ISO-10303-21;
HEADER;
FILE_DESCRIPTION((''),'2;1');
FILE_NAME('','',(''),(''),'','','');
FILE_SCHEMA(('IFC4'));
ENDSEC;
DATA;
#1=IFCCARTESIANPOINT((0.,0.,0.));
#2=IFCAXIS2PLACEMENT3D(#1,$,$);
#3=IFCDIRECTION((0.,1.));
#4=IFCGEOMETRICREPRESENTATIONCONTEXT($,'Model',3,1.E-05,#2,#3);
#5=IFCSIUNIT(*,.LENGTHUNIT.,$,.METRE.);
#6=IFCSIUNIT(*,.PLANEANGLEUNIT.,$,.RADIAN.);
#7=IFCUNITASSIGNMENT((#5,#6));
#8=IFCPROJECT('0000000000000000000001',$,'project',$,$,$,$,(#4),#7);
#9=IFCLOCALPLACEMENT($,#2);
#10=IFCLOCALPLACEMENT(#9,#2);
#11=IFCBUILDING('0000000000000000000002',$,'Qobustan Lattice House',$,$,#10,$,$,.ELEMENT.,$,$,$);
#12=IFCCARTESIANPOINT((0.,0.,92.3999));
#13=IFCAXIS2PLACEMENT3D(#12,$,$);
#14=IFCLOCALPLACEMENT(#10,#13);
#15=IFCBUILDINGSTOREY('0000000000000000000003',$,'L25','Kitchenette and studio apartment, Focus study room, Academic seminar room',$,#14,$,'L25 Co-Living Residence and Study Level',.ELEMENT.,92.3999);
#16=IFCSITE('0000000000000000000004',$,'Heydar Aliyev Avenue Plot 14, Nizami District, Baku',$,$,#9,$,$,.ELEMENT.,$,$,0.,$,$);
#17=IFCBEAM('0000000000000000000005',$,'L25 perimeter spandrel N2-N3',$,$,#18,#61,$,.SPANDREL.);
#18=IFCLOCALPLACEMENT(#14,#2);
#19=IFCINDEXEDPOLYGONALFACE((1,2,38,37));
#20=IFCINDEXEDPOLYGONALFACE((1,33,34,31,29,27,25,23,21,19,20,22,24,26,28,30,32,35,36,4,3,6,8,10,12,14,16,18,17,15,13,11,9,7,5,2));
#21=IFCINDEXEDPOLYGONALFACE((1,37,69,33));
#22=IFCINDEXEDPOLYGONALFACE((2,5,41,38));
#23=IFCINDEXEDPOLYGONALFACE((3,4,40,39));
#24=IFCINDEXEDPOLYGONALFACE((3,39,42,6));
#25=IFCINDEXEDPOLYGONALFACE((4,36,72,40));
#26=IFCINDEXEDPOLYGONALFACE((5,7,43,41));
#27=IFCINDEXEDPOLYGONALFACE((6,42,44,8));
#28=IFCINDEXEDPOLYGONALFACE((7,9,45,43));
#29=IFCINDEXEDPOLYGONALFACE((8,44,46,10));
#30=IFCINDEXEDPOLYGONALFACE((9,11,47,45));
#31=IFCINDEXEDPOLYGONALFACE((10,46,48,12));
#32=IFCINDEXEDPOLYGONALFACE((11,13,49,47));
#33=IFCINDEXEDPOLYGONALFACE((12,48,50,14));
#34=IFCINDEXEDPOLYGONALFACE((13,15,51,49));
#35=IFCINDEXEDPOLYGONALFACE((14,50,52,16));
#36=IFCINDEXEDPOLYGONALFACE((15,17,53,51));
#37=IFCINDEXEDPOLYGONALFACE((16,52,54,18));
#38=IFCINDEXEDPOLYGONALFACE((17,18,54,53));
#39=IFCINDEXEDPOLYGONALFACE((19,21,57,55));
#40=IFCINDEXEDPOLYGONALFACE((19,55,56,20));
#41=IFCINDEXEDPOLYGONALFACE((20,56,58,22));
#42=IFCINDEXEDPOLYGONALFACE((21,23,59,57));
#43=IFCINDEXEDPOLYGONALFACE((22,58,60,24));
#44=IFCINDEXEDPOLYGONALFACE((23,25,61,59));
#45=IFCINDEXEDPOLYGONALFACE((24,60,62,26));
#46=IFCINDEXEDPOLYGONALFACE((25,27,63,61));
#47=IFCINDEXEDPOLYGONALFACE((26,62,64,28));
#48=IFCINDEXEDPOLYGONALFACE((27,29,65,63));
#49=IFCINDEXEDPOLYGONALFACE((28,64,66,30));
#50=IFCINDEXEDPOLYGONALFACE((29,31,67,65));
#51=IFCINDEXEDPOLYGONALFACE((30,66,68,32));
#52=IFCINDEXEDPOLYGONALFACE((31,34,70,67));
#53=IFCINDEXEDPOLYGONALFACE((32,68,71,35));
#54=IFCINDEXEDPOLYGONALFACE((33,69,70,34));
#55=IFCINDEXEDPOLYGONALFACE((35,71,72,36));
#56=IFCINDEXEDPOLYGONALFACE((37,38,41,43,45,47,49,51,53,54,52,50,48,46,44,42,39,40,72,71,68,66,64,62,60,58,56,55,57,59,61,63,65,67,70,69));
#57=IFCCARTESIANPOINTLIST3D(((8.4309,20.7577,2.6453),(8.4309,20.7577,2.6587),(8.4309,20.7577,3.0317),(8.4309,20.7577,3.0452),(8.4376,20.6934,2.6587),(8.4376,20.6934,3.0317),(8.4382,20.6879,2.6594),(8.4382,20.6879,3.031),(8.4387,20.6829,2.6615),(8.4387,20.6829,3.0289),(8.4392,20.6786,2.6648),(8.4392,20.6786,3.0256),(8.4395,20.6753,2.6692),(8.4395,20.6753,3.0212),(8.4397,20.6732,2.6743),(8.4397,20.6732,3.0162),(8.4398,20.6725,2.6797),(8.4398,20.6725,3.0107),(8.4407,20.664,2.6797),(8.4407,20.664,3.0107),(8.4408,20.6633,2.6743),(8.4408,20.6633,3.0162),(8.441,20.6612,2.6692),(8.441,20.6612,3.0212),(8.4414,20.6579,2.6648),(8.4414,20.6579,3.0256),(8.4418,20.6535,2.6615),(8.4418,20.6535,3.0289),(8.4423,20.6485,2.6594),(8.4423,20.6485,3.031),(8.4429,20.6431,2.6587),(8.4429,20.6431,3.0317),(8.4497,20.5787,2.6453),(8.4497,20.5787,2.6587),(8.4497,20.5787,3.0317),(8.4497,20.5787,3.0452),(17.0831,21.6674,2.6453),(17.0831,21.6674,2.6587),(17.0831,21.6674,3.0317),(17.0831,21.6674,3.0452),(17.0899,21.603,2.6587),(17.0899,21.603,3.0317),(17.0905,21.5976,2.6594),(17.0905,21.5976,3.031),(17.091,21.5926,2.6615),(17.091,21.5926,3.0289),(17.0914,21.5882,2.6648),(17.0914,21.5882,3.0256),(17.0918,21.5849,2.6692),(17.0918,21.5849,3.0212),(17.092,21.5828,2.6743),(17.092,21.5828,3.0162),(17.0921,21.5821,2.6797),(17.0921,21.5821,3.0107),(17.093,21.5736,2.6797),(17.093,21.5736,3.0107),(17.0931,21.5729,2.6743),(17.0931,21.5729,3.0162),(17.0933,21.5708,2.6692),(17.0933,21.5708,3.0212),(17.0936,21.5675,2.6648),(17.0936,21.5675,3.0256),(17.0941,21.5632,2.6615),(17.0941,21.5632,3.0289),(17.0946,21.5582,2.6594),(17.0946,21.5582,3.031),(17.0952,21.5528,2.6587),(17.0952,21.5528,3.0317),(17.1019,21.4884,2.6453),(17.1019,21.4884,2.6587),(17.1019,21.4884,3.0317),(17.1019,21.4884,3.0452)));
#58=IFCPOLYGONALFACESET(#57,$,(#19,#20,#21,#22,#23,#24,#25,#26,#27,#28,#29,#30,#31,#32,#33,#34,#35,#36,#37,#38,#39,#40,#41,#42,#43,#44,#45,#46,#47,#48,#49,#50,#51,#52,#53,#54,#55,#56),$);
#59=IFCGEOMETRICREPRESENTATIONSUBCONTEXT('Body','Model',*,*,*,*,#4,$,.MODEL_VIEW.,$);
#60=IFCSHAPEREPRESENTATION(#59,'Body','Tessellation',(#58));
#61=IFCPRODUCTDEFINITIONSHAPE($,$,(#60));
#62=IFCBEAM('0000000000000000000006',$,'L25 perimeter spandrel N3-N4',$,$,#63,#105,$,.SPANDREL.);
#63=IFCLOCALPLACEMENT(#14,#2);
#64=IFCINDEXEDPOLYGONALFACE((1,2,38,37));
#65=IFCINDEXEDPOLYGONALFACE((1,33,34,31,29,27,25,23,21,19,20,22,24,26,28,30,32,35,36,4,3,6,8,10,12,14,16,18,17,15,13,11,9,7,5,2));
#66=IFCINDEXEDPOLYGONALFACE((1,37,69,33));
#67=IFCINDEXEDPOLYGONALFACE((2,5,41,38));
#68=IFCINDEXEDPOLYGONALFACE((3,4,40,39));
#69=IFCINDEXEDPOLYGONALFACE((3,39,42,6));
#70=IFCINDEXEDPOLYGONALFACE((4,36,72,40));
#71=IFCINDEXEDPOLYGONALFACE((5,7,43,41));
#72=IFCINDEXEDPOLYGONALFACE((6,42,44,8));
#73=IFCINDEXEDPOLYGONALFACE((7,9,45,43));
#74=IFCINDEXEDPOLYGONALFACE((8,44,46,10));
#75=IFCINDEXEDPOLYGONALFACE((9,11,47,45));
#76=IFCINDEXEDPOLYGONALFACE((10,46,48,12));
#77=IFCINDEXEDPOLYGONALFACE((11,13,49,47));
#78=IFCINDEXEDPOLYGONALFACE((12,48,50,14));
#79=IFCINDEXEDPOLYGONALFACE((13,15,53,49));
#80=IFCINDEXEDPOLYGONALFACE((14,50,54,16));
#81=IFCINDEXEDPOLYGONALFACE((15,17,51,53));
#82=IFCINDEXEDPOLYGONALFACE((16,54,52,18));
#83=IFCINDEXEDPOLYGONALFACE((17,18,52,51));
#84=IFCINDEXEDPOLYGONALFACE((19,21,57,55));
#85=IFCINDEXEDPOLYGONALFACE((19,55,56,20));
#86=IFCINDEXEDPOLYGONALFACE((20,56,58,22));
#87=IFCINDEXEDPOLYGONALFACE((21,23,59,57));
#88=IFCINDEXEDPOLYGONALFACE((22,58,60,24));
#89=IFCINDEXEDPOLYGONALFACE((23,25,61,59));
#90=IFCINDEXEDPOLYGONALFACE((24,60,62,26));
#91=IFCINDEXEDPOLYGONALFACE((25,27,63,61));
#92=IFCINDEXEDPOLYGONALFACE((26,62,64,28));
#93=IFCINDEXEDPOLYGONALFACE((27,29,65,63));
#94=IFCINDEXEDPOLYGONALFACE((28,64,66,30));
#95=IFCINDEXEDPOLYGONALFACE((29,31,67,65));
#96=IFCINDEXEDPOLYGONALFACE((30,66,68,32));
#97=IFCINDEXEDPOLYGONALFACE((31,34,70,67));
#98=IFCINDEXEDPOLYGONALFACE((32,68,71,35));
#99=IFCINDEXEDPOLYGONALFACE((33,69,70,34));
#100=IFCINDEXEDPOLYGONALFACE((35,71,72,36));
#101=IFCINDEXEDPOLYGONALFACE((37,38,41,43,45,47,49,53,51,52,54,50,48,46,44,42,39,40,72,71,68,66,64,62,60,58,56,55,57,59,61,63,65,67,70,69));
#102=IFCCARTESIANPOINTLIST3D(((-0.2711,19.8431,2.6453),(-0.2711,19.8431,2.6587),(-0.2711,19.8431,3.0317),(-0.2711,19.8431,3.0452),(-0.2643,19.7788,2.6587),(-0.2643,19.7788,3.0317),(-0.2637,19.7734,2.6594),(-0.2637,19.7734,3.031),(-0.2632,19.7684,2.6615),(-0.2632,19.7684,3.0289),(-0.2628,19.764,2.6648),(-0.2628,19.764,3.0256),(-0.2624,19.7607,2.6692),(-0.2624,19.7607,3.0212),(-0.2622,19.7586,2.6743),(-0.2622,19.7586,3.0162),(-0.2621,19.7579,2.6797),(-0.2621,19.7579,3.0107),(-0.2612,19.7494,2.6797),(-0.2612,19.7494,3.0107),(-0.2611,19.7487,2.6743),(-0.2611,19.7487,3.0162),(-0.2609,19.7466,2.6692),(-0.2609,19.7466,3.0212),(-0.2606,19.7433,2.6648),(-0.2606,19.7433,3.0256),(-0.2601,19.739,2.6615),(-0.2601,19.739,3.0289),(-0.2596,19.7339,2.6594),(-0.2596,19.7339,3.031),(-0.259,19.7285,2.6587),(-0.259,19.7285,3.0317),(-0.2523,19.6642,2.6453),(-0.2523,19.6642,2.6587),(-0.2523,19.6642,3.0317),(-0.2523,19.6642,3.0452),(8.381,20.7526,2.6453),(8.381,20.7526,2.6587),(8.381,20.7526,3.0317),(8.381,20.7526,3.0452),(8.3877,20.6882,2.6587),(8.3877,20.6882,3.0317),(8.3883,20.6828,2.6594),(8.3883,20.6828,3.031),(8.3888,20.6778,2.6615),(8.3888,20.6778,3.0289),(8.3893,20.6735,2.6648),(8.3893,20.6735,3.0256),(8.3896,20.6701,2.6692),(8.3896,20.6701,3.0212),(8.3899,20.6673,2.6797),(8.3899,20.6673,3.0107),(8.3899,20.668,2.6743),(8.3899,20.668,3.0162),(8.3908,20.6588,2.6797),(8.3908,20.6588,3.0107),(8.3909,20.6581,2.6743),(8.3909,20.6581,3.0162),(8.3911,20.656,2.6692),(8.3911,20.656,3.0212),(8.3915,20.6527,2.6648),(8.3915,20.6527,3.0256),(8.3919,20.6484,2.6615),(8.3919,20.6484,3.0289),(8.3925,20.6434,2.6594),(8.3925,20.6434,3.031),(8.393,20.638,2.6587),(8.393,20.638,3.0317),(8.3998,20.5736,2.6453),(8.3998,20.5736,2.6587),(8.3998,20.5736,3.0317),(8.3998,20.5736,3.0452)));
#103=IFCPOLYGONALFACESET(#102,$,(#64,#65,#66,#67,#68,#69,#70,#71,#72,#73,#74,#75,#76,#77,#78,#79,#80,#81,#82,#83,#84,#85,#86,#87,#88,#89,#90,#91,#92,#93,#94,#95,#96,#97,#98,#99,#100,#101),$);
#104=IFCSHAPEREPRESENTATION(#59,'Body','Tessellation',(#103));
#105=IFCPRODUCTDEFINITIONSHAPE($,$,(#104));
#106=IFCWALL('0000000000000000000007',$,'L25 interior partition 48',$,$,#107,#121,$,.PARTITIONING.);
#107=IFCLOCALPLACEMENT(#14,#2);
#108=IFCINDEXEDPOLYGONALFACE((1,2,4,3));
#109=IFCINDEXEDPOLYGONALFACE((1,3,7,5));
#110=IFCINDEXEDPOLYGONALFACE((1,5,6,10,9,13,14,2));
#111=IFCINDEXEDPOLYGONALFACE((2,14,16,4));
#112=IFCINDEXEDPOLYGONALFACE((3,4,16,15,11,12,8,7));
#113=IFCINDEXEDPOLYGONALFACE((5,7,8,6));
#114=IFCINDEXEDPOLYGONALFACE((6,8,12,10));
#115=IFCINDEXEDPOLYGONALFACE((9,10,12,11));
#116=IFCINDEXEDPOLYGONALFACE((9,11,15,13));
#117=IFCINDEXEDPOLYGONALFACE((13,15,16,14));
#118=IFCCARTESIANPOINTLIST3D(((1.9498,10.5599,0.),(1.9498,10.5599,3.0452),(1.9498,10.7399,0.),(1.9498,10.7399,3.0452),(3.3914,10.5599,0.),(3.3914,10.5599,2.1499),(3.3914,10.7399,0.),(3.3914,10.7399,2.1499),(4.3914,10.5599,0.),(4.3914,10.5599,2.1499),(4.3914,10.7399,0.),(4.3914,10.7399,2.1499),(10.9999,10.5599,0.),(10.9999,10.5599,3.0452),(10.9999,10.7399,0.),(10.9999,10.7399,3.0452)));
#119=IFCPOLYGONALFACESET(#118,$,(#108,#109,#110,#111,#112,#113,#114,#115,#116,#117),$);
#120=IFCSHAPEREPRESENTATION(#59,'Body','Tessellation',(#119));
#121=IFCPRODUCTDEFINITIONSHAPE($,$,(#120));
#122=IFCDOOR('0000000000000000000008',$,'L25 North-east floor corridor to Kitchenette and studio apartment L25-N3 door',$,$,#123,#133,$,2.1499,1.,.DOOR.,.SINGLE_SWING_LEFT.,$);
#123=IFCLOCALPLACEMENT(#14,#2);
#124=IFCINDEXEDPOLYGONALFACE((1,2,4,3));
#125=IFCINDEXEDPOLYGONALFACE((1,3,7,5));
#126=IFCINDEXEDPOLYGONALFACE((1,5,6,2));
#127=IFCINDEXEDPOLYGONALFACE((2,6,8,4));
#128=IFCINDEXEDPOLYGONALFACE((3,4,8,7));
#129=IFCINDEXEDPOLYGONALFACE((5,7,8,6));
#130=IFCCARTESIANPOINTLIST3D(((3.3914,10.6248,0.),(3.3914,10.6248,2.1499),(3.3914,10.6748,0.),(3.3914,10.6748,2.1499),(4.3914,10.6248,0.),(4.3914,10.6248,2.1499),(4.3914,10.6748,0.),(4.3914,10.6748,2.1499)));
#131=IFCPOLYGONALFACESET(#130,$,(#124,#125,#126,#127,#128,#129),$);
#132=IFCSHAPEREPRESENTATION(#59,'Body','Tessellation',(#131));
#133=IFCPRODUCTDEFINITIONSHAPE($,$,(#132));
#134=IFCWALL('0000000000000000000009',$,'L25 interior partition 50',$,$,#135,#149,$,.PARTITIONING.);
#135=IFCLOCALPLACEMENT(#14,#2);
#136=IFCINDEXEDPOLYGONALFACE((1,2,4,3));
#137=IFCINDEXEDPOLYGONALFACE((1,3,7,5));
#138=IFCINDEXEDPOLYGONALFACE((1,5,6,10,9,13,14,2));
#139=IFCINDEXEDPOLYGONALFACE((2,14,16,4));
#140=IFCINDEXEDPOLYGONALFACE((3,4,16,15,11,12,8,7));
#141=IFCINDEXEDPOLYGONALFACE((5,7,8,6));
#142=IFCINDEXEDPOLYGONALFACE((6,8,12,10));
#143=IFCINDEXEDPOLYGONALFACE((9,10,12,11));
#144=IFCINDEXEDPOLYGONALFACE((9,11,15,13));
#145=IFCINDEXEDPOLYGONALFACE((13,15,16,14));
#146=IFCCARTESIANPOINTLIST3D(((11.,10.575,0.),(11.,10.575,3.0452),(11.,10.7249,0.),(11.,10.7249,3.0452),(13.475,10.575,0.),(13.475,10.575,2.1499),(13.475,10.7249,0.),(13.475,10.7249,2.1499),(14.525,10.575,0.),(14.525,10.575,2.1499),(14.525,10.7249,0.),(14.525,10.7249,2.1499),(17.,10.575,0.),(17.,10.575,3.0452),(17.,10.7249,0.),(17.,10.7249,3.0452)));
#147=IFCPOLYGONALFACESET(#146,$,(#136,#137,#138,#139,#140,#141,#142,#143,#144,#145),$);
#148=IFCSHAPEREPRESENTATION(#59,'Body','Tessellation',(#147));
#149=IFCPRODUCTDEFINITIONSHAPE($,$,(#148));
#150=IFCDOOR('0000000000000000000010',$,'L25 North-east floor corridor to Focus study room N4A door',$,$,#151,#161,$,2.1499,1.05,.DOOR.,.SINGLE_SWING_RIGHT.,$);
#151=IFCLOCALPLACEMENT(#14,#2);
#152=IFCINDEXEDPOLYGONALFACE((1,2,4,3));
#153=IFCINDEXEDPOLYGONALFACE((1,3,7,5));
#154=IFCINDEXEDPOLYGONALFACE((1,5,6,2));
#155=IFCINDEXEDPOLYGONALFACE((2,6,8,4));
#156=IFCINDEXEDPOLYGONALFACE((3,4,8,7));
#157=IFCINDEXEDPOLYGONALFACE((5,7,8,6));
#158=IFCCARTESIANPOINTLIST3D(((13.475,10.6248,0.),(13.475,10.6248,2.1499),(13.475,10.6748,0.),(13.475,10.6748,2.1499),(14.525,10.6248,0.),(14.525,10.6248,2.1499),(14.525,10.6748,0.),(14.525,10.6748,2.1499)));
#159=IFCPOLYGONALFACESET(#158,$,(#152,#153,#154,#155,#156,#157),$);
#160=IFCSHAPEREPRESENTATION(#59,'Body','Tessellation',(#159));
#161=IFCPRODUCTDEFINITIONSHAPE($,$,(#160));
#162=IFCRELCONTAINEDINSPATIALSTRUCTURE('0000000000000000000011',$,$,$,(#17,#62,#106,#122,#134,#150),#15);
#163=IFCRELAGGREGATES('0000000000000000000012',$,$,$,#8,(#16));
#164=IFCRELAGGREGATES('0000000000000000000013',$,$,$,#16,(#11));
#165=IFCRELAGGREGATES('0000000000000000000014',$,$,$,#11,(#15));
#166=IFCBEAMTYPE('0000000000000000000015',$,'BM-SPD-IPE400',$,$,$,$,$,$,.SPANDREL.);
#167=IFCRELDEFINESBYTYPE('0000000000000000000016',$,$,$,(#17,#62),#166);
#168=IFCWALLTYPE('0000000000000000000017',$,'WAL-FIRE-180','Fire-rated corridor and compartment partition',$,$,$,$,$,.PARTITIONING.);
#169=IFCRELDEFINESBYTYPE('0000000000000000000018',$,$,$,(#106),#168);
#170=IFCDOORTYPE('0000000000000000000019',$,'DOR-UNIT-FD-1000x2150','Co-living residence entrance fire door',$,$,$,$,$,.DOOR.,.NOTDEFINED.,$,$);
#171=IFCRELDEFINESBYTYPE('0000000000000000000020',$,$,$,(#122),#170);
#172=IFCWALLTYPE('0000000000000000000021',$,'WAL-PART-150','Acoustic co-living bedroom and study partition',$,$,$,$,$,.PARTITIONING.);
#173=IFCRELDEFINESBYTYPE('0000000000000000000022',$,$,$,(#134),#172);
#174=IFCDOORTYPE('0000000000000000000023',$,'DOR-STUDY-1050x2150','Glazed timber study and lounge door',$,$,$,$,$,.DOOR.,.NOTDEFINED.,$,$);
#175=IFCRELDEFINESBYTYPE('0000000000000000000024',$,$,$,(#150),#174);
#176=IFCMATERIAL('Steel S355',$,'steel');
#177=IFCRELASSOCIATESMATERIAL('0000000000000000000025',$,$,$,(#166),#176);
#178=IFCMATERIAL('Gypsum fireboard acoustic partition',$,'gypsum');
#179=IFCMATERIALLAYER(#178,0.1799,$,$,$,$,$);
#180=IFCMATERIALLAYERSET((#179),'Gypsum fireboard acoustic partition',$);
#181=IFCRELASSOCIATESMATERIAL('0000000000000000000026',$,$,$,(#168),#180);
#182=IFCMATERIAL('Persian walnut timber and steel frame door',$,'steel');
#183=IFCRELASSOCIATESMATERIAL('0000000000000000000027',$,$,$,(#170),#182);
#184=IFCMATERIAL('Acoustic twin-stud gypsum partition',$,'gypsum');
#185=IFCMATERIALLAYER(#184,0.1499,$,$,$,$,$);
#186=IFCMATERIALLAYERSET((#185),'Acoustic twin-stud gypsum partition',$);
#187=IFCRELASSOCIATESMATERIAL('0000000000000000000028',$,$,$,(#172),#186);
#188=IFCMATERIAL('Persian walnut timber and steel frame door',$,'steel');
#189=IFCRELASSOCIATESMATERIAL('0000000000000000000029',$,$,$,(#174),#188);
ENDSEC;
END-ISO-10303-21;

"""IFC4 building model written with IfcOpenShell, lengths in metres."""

from ifc_helpers import new_model, si_unit, direction, frame, frame_2d, origin, origin_2d, place, context, subcontext, project, spatial, rectangle, i_section, extrude, material, layer, layer_set, material_profile, profile_set, type_object, element, fill, save


model = new_model("IFC4")

# Units and contexts
model_context = context("Model", 3, precision=1e-05, world=origin(), true_north=direction((0.0, 1.0)))
body_context = subcontext(model_context, "Body", "Model", "MODEL_VIEW")
ifc_project = project(units=[si_unit("LENGTHUNIT", "METRE"), si_unit("PLANEANGLEUNIT", "RADIAN")], contexts=[model_context])

# Site, building, storey
site_placement = place(None, origin())
site = spatial("IfcSite", under=ifc_project, at=site_placement, Name="Heydar Aliyev Avenue Plot 14, Nizami District, Baku", CompositionType="ELEMENT", RefElevation=0.0)
building_placement = place(site_placement, origin())
building = spatial("IfcBuilding", under=site, at=building_placement, Name="Qobustan Lattice House", CompositionType="ELEMENT")
storey_placement = place(building_placement, frame((0.0, 0.0, 92.3999)))
storey = spatial("IfcBuildingStorey", under=building, at=storey_placement, Name="L25", Description="Kitchenette and studio apartment, Focus study room, Academic seminar room", LongName="L25 Co-Living Residence and Study Level", CompositionType="ELEMENT", Elevation=92.3999)

# Beams
ifc_material_1 = material(Name="Steel S355", Category="steel")
ifc_material_profile_1 = material_profile(ifc_material_1, i_section(OverallWidth=0.1799, OverallDepth=0.3999, WebThickness=0.0085, FlangeThickness=0.0134, FilletRadius=0.021, at=origin_2d()), Name="IPE400")
ifc_profile_set_1 = profile_set([ifc_material_profile_1], Name="Steel S355")
beam_type_1 = type_object("IfcBeamType", Name="BM-SPD-IPE400", PredefinedType="SPANDREL", material=ifc_profile_set_1)
beam_1_placement = place(storey_placement, frame((17.0925, 21.5779, 2.8452), z_axis=(-0.994519, -0.104559, 0.0), x_axis=(0.104559, -0.994519, 0.0)))
element("IfcBeam", 1, at=beam_1_placement, inside=storey, type_object=beam_type_1, Name="L25 perimeter spandrel N2-N3", PredefinedType="SPANDREL", context=body_context, shape_type="SweptSolid", body=[
    extrude(i_section(OverallWidth=0.1799, OverallDepth=0.3999, WebThickness=0.0085, FlangeThickness=0.0134, FilletRadius=0.021, at=origin_2d()), origin(), (0.0, 0.0, 1.0), 8.7),
])
beam_2_placement = place(storey_placement, frame((8.3904, 20.6631, 2.8452), z_axis=(-0.994521, -0.104534, 0.0), x_axis=(0.104534, -0.994521, 0.0)))
element("IfcBeam", 2, at=beam_2_placement, inside=storey, type_object=beam_type_1, Name="L25 perimeter spandrel N3-N4", PredefinedType="SPANDREL", context=body_context, shape_type="SweptSolid", body=[
    extrude(i_section(OverallWidth=0.1799, OverallDepth=0.3999, WebThickness=0.0085, FlangeThickness=0.0134, FilletRadius=0.021, at=origin_2d()), origin(), (0.0, 0.0, 1.0), 8.6997),
])

# Walls, openings, doors
ifc_material_2 = material(Name="Gypsum fireboard acoustic partition", Category="gypsum")
ifc_layer_1 = layer(ifc_material_2, 0.1799)
ifc_layer_set_1 = layer_set([ifc_layer_1], Name="Gypsum fireboard acoustic partition")
wall_type_1 = type_object("IfcWallType", Name="WAL-FIRE-180", Description="Fire-rated corridor and compartment partition", PredefinedType="PARTITIONING", material=ifc_layer_set_1)
wall_1_placement = place(storey_placement, frame((1.95, 10.6499, 0.0), z_axis=(0.0, 0.0, 1.0), x_axis=(1.0, 0.0, 0.0)))
wall_1 = element("IfcWall", 3, at=wall_1_placement, inside=storey, type_object=wall_type_1, Name="L25 interior partition 48", PredefinedType="PARTITIONING", context=body_context, shape_type="SweptSolid", body=[
    extrude(rectangle(XDim=9.05, YDim=0.1799, at=frame_2d((4.5249, 0.0))), origin(), (0.0, 0.0, 1.0), 3.0452),
])
opening_1_placement = place(wall_1_placement, frame((1.4414, 0.0, 0.0)))
opening_1 = element("IfcOpeningElement", 4, at=opening_1_placement, cuts=wall_1, PredefinedType="OPENING", context=body_context, shape_type="SweptSolid", body=[
    extrude(rectangle(XDim=1.0, YDim=2.1499, at=frame_2d((0.5, 1.075))), frame((0.0, 0.0999, 0.0), z_axis=(0.0, -1.0, 0.0), x_axis=(1.0, 0.0, 0.0)), (0.0, 0.0, 1.0), 0.2),
])
ifc_material_3 = material(Name="Persian walnut timber and steel frame door", Category="steel")
door_type_1 = type_object("IfcDoorType", Name="DOR-UNIT-FD-1000x2150", Description="Co-living residence entrance fire door", OperationType="NOTDEFINED", PredefinedType="DOOR", material=ifc_material_3)
door_1_placement = place(opening_1_placement, origin())
door_1 = element("IfcDoor", 5, at=door_1_placement, inside=storey, type_object=door_type_1, Name="L25 North-east floor corridor to Kitchenette and studio apartment L25-N3 door", OperationType="SINGLE_SWING_LEFT", OverallHeight=2.1499, OverallWidth=1.0, PredefinedType="DOOR", context=body_context, shape_type="SweptSolid", body=[
    extrude(rectangle(XDim=1.0, YDim=2.1499, at=frame_2d((0.5, 1.075))), frame((0.0, 0.0249, 0.0), z_axis=(0.0, -1.0, 0.0), x_axis=(1.0, 0.0, 0.0)), (0.0, 0.0, 1.0), 0.05),
])
fill(opening_1, door_1)
ifc_material_4 = material(Name="Acoustic twin-stud gypsum partition", Category="gypsum")
ifc_layer_2 = layer(ifc_material_4, 0.1499)
ifc_layer_set_2 = layer_set([ifc_layer_2], Name="Acoustic twin-stud gypsum partition")
wall_type_2 = type_object("IfcWallType", Name="WAL-PART-150", Description="Acoustic co-living bedroom and study partition", PredefinedType="PARTITIONING", material=ifc_layer_set_2)
wall_2_placement = place(storey_placement, frame((11.0, 10.6499, 0.0), z_axis=(0.0, 0.0, 1.0), x_axis=(1.0, 0.0, 0.0)))
wall_2 = element("IfcWall", 6, at=wall_2_placement, inside=storey, type_object=wall_type_2, Name="L25 interior partition 50", PredefinedType="PARTITIONING", context=body_context, shape_type="SweptSolid", body=[
    extrude(rectangle(XDim=6.0, YDim=0.1499, at=frame_2d((3.0, 0.0))), origin(), (0.0, 0.0, 1.0), 3.0452),
])
opening_2_placement = place(wall_2_placement, frame((2.4751, 0.0, 0.0)))
opening_2 = element("IfcOpeningElement", 7, at=opening_2_placement, cuts=wall_2, PredefinedType="OPENING", context=body_context, shape_type="SweptSolid", body=[
    extrude(rectangle(XDim=1.05, YDim=2.1499, at=frame_2d((0.5249, 1.075))), frame((0.0, 0.085, 0.0), z_axis=(0.0, -1.0, 0.0), x_axis=(1.0, 0.0, 0.0)), (0.0, 0.0, 1.0), 0.1699),
])
ifc_material_5 = material(Name="Persian walnut timber and steel frame door", Category="steel")
door_type_2 = type_object("IfcDoorType", Name="DOR-STUDY-1050x2150", Description="Glazed timber study and lounge door", OperationType="NOTDEFINED", PredefinedType="DOOR", material=ifc_material_5)
door_2_placement = place(opening_2_placement, origin())
door_2 = element("IfcDoor", 8, at=door_2_placement, inside=storey, type_object=door_type_2, Name="L25 North-east floor corridor to Focus study room N4A door", OperationType="SINGLE_SWING_RIGHT", OverallHeight=2.1499, OverallWidth=1.05, PredefinedType="DOOR", context=body_context, shape_type="SweptSolid", body=[
    extrude(rectangle(XDim=1.05, YDim=2.1499, at=frame_2d((0.5249, 1.075))), frame((0.0, 0.0249, 0.0), z_axis=(0.0, -1.0, 0.0), x_axis=(1.0, 0.0, 0.0)), (0.0, 0.0, 1.0), 0.05),
])
fill(opening_2, door_2)

save(model, "model.ifc")
